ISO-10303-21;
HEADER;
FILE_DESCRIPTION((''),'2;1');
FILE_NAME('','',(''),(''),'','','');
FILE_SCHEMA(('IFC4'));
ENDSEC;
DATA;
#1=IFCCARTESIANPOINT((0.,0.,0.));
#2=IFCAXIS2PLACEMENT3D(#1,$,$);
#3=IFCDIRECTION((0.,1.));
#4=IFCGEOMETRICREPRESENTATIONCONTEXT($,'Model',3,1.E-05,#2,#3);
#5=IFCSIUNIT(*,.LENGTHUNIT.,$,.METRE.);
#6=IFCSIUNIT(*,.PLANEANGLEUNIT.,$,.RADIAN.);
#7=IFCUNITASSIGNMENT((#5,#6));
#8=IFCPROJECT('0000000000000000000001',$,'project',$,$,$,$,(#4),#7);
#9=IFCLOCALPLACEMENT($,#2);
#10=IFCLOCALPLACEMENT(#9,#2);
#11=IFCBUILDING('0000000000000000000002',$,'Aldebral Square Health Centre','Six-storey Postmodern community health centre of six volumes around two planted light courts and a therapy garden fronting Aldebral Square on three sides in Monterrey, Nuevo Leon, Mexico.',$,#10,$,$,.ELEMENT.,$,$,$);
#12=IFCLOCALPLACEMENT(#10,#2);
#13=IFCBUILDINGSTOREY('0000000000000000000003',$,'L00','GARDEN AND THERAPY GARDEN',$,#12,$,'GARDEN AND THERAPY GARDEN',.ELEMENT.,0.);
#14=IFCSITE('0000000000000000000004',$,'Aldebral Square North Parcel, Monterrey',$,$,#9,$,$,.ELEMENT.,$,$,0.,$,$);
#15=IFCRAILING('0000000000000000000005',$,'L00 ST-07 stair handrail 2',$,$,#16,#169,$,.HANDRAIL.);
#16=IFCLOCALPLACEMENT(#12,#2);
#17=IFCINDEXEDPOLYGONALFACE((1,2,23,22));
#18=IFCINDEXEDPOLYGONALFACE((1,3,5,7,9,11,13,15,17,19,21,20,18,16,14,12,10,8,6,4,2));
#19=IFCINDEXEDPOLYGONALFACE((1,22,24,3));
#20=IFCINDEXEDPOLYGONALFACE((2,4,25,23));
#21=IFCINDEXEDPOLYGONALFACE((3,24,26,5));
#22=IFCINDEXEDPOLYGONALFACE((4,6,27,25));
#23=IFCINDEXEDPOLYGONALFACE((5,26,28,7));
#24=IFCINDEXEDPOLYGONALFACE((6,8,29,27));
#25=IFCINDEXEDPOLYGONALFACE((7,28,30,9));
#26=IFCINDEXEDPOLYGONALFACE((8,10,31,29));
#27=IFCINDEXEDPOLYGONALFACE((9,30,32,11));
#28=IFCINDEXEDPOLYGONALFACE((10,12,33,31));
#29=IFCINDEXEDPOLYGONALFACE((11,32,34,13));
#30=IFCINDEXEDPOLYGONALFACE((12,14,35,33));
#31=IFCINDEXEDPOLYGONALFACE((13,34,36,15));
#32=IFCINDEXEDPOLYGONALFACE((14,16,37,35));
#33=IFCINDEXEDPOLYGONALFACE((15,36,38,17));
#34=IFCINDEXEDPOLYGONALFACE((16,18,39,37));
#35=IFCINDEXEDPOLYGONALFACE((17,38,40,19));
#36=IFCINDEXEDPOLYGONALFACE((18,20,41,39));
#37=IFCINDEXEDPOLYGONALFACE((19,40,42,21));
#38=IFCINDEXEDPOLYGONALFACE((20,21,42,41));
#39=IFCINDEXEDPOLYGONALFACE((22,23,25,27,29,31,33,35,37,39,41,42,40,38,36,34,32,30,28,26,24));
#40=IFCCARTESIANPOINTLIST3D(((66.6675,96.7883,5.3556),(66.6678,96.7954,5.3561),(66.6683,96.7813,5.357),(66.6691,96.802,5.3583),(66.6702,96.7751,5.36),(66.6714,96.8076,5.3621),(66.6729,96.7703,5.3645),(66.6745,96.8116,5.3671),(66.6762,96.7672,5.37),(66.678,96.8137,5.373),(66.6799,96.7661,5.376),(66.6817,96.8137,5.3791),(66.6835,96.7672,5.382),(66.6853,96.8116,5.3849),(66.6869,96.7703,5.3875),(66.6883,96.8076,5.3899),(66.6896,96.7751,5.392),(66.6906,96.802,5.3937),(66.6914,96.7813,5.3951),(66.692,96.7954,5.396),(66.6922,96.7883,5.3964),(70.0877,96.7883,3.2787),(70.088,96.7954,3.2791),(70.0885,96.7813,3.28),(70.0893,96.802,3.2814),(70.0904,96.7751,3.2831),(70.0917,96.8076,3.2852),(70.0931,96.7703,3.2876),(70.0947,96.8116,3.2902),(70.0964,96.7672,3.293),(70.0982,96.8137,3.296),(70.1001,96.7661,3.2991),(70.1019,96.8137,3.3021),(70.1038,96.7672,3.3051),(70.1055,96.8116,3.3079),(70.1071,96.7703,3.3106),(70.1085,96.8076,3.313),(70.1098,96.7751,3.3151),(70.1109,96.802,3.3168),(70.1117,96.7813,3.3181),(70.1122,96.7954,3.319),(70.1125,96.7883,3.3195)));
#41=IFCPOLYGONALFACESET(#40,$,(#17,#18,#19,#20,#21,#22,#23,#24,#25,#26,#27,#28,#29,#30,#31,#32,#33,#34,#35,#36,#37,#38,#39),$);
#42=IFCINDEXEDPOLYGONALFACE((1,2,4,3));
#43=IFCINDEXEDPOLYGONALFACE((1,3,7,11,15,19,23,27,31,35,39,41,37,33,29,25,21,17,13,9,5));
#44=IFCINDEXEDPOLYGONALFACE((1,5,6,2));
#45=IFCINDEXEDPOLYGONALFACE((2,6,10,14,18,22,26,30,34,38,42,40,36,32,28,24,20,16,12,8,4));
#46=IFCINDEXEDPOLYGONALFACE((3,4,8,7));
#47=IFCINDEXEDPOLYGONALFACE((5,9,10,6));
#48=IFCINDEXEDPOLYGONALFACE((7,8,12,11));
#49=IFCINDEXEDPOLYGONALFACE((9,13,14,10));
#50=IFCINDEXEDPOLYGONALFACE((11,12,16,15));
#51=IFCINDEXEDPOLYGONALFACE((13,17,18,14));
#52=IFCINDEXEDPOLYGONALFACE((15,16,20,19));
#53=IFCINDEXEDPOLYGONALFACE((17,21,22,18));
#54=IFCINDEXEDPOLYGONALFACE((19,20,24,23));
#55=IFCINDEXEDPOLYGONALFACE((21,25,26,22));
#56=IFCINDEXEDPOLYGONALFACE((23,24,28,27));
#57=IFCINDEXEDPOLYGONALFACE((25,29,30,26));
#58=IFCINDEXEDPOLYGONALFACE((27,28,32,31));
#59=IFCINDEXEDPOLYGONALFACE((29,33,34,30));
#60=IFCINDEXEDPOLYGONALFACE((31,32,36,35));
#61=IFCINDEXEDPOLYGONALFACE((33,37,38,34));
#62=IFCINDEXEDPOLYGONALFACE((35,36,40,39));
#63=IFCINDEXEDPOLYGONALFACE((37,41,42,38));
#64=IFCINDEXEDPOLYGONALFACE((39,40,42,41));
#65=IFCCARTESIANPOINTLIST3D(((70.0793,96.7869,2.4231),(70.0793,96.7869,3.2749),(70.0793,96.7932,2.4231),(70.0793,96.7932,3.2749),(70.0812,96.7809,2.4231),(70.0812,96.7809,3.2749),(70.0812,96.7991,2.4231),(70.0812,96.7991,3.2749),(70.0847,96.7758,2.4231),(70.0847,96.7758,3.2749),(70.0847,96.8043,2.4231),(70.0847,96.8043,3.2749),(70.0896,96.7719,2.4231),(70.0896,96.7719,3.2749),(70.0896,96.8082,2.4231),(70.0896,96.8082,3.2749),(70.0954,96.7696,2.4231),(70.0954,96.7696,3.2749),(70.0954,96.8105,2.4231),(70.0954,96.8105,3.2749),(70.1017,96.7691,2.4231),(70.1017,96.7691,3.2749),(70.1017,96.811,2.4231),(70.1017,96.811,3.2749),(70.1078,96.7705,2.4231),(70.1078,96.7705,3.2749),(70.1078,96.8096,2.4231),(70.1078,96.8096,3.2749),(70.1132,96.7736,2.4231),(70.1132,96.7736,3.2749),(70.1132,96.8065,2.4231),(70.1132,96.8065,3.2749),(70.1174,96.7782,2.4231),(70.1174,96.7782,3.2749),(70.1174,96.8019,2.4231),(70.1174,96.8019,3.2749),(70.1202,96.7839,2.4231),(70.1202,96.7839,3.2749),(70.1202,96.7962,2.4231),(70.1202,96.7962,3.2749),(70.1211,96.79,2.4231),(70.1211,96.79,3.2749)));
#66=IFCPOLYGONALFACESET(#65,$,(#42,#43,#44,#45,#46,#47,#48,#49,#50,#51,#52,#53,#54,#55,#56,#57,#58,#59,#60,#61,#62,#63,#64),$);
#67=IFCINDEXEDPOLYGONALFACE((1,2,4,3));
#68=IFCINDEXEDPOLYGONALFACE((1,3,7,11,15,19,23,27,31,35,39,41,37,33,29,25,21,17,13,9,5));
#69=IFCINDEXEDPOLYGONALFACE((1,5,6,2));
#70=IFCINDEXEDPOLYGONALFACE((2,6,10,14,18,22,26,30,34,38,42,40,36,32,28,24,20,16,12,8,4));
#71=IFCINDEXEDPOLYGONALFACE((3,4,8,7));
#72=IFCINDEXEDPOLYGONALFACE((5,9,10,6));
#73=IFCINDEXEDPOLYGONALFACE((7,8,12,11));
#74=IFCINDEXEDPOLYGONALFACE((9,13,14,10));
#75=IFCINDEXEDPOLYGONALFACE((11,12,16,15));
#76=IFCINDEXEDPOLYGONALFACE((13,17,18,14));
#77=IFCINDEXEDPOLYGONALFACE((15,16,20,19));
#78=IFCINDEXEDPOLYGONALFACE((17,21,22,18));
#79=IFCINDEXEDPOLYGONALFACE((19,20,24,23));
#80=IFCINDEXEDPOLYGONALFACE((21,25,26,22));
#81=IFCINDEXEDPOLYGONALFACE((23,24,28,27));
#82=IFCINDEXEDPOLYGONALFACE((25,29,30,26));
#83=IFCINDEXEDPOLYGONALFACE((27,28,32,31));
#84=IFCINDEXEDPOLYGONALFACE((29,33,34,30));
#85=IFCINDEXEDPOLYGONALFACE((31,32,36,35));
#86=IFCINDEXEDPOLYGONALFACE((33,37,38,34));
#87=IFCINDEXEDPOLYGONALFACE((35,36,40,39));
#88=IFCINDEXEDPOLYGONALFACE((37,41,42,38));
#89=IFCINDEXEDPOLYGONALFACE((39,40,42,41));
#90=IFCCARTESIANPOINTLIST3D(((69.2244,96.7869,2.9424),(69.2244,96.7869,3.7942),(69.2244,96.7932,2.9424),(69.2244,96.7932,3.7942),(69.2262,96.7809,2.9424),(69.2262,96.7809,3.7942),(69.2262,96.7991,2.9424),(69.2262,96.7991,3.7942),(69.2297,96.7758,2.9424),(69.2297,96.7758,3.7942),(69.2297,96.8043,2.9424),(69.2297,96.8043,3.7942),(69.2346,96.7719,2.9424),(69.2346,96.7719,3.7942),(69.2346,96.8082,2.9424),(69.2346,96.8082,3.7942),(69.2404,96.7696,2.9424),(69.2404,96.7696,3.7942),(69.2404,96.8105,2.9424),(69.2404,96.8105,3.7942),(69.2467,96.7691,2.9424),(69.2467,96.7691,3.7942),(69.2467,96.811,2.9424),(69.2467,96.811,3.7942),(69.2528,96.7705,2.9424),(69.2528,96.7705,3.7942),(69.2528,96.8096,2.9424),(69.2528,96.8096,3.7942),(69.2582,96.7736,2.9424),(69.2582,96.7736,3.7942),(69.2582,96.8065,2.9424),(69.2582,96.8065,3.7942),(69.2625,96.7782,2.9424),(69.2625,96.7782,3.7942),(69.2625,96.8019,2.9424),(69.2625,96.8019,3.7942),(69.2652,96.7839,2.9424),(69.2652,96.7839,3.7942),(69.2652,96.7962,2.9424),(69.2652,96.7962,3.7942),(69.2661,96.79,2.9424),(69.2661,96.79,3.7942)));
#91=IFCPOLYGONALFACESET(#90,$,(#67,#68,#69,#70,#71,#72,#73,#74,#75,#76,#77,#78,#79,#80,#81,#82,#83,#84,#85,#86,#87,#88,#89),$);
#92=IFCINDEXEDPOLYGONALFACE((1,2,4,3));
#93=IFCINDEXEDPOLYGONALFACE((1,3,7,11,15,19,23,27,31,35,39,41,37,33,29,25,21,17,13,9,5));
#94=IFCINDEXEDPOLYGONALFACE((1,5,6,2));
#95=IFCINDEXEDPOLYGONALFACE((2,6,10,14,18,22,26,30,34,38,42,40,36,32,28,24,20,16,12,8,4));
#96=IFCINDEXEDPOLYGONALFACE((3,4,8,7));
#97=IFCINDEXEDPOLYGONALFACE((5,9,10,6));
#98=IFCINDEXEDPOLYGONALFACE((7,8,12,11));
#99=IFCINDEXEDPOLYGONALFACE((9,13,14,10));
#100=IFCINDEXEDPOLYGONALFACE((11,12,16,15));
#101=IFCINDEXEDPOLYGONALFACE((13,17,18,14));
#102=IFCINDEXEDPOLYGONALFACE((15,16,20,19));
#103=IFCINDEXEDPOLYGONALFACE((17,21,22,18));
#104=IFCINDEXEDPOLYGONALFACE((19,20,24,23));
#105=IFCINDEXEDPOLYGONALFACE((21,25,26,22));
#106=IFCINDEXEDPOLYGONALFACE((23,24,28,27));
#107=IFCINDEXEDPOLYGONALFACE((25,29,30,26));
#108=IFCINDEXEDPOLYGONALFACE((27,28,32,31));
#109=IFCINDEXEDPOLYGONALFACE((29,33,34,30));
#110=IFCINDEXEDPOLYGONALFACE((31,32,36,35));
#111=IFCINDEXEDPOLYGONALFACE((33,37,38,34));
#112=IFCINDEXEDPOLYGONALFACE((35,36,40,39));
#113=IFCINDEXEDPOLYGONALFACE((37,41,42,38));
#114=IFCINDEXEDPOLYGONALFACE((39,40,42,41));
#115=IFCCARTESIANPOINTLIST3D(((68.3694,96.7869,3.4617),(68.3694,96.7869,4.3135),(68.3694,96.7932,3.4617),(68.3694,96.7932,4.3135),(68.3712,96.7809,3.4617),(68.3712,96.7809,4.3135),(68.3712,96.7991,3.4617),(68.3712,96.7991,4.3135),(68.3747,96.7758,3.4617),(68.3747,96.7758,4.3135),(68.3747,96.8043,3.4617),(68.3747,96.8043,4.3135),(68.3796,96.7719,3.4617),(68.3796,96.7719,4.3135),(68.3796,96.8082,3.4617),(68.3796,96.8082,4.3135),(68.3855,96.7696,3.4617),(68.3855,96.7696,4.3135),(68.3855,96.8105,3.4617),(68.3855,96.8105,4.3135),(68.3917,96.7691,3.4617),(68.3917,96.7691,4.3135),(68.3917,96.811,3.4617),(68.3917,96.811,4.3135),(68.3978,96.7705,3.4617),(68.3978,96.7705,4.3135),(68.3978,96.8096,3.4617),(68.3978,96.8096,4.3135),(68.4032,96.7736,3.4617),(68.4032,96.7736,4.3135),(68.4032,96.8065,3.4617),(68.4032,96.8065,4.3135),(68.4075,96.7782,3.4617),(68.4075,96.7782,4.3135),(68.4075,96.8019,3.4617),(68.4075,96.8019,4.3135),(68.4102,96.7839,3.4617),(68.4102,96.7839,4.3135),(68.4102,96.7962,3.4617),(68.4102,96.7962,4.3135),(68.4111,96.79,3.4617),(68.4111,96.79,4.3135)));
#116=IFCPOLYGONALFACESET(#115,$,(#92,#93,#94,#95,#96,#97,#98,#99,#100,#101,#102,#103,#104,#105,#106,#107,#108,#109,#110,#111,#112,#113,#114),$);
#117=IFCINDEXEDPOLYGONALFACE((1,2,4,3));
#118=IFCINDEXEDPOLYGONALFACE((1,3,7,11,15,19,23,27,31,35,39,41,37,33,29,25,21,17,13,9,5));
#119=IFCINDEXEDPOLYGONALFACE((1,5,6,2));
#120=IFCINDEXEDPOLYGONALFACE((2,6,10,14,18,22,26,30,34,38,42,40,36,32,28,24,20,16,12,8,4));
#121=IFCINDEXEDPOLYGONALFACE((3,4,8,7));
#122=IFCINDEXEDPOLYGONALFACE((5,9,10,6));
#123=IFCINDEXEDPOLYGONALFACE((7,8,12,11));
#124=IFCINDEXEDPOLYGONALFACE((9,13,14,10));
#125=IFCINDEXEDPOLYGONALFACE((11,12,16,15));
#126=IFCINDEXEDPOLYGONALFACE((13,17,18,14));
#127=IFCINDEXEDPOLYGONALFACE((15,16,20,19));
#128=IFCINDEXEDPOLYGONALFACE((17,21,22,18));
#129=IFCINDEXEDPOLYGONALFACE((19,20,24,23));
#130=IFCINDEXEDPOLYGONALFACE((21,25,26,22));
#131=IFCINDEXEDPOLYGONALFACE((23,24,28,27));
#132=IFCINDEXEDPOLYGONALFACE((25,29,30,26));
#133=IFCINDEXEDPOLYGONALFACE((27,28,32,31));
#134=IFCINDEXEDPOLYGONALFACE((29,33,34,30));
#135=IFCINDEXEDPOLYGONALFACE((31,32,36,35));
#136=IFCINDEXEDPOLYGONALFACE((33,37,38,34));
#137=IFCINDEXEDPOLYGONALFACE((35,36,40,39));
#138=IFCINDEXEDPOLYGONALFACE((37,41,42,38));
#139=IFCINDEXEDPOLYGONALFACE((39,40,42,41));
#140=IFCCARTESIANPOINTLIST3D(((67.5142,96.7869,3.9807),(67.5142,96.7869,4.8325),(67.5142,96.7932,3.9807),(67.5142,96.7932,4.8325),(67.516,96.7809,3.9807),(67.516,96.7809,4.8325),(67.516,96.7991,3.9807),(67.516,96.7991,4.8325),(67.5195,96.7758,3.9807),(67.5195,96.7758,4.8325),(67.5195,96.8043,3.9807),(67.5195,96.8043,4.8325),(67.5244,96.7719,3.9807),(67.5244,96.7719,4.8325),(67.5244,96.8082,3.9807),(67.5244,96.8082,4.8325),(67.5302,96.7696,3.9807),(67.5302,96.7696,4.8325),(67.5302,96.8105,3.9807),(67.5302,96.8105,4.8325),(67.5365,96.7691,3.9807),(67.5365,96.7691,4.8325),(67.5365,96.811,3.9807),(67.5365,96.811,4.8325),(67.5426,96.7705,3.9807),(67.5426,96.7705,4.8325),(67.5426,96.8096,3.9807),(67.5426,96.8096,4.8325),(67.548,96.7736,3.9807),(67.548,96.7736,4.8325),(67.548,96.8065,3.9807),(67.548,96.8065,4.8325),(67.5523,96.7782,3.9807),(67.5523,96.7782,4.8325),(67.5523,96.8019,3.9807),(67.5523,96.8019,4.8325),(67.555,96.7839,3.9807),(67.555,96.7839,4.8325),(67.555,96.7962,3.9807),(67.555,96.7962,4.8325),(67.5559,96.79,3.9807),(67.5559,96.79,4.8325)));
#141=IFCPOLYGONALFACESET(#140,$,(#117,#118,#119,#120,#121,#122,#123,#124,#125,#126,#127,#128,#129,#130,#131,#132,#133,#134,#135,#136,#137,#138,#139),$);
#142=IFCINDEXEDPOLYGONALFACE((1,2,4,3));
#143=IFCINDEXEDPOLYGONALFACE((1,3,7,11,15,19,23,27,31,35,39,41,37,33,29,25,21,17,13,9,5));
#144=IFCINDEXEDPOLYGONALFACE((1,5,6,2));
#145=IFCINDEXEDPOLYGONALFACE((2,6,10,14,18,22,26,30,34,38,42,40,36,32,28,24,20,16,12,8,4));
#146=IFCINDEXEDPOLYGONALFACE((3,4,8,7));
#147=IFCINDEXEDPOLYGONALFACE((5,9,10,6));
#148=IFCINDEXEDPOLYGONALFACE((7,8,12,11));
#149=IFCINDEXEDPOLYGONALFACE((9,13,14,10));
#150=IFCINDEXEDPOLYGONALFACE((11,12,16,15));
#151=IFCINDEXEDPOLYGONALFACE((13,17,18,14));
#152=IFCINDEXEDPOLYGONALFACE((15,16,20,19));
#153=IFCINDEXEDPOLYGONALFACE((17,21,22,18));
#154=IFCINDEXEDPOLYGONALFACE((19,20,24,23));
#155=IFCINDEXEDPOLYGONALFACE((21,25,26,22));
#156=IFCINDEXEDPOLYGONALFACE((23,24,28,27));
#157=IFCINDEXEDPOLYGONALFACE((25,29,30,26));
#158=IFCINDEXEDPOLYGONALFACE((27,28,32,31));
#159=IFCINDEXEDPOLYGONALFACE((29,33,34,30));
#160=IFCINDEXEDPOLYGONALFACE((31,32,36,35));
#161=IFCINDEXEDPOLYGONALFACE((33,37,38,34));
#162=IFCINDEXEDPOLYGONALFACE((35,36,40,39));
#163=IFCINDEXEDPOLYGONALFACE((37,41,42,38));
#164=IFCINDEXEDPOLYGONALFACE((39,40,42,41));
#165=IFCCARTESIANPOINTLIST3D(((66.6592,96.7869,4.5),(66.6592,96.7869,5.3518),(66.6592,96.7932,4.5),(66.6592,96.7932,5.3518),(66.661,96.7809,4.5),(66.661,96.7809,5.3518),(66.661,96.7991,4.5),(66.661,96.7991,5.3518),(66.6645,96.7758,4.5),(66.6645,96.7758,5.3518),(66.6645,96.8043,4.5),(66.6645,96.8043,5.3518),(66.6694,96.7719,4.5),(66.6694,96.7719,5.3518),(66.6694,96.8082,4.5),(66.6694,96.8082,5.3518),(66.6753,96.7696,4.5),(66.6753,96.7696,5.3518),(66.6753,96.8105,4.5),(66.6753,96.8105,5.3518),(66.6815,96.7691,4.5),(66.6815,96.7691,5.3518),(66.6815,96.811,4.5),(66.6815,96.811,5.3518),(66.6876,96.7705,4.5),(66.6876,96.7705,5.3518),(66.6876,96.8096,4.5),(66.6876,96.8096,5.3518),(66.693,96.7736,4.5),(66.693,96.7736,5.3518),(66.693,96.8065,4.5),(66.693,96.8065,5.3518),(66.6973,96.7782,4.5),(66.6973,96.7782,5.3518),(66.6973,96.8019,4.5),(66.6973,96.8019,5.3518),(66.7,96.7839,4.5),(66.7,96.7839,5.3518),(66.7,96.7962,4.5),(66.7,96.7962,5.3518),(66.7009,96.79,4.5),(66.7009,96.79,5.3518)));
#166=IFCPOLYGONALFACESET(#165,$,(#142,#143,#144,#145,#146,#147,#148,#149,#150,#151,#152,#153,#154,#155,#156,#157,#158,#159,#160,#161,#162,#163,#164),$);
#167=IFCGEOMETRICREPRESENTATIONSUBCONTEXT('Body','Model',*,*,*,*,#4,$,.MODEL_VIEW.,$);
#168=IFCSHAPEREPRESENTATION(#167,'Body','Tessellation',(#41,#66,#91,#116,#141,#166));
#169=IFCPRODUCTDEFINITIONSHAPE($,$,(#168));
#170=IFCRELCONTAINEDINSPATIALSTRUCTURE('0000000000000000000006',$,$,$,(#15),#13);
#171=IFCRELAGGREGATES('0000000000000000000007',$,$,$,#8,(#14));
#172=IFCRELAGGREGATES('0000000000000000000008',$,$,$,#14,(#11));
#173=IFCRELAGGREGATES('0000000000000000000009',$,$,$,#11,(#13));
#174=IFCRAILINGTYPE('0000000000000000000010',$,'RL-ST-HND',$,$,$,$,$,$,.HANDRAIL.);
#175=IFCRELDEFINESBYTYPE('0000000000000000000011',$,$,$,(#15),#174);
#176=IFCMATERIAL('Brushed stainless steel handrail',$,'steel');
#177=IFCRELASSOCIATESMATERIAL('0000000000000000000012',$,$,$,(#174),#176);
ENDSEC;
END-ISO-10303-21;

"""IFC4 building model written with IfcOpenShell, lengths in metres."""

from ifc_helpers import new_model, si_unit, direction, frame, origin, origin_2d, place, context, subcontext, project, spatial, circle, extrude, material, type_object, element, save


model = new_model("IFC4")

# Units and contexts
model_context = context("Model", 3, precision=1e-05, world=origin(), true_north=direction((0.0, 1.0)))
body_context = subcontext(model_context, "Body", "Model", "MODEL_VIEW")
ifc_project = project(units=[si_unit("LENGTHUNIT", "METRE"), si_unit("PLANEANGLEUNIT", "RADIAN")], contexts=[model_context])

# Site, building, storey
site_placement = place(None, origin())
site = spatial("IfcSite", under=ifc_project, at=site_placement, Name="Aldebral Square North Parcel, Monterrey", CompositionType="ELEMENT", RefElevation=0.0)
building_placement = place(site_placement, origin())
building = spatial("IfcBuilding", under=site, at=building_placement, Name="Aldebral Square Health Centre", Description="Six-storey Postmodern community health centre of six volumes around two planted light courts and a therapy garden fronting Aldebral Square on three sides in Monterrey, Nuevo Leon, Mexico.", CompositionType="ELEMENT")
storey_placement = place(building_placement, origin())
storey = spatial("IfcBuildingStorey", under=building, at=storey_placement, Name="L00", Description="GARDEN AND THERAPY GARDEN", LongName="GARDEN AND THERAPY GARDEN", CompositionType="ELEMENT", Elevation=0.0)

# Railing
ifc_material_1 = material(Name="Brushed stainless steel handrail", Category="steel")
railing_type_1 = type_object("IfcRailingType", Name="RL-ST-HND", PredefinedType="HANDRAIL", material=ifc_material_1)
railing_1_placement = place(storey_placement, frame((70.1001, 96.79, 2.4231)))
element("IfcRailing", 1, at=railing_1_placement, inside=storey, type_object=railing_type_1, Name="L00 ST-07 stair handrail 2", PredefinedType="HANDRAIL", context=body_context, shape_type="SweptSolid", body=[
    extrude(circle(Radius=0.0239, at=origin_2d()), frame((0.0, 0.0, 0.876), z_axis=(-0.854746, 0.0, 0.519047), x_axis=(0.0, -1.0, 0.0)), (0.0, 0.0, 1.0), 4.0015),
    extrude(circle(Radius=0.021, at=origin_2d()), origin(), (0.0, 0.0, 1.0), 0.8518),
    extrude(circle(Radius=0.021, at=origin_2d()), frame((-0.855, 0.0, 0.5193)), (0.0, 0.0, 1.0), 0.8518),
    extrude(circle(Radius=0.021, at=origin_2d()), frame((-1.71, 0.0, 1.0386)), (0.0, 0.0, 1.0), 0.8518),
    extrude(circle(Radius=0.021, at=origin_2d()), frame((-2.5652, 0.0, 1.5576)), (0.0, 0.0, 1.0), 0.8518),
    extrude(circle(Radius=0.021, at=origin_2d()), frame((-3.4202, 0.0, 2.0769)), (0.0, 0.0, 1.0), 0.8518),
])

save(model, "model.ifc")
